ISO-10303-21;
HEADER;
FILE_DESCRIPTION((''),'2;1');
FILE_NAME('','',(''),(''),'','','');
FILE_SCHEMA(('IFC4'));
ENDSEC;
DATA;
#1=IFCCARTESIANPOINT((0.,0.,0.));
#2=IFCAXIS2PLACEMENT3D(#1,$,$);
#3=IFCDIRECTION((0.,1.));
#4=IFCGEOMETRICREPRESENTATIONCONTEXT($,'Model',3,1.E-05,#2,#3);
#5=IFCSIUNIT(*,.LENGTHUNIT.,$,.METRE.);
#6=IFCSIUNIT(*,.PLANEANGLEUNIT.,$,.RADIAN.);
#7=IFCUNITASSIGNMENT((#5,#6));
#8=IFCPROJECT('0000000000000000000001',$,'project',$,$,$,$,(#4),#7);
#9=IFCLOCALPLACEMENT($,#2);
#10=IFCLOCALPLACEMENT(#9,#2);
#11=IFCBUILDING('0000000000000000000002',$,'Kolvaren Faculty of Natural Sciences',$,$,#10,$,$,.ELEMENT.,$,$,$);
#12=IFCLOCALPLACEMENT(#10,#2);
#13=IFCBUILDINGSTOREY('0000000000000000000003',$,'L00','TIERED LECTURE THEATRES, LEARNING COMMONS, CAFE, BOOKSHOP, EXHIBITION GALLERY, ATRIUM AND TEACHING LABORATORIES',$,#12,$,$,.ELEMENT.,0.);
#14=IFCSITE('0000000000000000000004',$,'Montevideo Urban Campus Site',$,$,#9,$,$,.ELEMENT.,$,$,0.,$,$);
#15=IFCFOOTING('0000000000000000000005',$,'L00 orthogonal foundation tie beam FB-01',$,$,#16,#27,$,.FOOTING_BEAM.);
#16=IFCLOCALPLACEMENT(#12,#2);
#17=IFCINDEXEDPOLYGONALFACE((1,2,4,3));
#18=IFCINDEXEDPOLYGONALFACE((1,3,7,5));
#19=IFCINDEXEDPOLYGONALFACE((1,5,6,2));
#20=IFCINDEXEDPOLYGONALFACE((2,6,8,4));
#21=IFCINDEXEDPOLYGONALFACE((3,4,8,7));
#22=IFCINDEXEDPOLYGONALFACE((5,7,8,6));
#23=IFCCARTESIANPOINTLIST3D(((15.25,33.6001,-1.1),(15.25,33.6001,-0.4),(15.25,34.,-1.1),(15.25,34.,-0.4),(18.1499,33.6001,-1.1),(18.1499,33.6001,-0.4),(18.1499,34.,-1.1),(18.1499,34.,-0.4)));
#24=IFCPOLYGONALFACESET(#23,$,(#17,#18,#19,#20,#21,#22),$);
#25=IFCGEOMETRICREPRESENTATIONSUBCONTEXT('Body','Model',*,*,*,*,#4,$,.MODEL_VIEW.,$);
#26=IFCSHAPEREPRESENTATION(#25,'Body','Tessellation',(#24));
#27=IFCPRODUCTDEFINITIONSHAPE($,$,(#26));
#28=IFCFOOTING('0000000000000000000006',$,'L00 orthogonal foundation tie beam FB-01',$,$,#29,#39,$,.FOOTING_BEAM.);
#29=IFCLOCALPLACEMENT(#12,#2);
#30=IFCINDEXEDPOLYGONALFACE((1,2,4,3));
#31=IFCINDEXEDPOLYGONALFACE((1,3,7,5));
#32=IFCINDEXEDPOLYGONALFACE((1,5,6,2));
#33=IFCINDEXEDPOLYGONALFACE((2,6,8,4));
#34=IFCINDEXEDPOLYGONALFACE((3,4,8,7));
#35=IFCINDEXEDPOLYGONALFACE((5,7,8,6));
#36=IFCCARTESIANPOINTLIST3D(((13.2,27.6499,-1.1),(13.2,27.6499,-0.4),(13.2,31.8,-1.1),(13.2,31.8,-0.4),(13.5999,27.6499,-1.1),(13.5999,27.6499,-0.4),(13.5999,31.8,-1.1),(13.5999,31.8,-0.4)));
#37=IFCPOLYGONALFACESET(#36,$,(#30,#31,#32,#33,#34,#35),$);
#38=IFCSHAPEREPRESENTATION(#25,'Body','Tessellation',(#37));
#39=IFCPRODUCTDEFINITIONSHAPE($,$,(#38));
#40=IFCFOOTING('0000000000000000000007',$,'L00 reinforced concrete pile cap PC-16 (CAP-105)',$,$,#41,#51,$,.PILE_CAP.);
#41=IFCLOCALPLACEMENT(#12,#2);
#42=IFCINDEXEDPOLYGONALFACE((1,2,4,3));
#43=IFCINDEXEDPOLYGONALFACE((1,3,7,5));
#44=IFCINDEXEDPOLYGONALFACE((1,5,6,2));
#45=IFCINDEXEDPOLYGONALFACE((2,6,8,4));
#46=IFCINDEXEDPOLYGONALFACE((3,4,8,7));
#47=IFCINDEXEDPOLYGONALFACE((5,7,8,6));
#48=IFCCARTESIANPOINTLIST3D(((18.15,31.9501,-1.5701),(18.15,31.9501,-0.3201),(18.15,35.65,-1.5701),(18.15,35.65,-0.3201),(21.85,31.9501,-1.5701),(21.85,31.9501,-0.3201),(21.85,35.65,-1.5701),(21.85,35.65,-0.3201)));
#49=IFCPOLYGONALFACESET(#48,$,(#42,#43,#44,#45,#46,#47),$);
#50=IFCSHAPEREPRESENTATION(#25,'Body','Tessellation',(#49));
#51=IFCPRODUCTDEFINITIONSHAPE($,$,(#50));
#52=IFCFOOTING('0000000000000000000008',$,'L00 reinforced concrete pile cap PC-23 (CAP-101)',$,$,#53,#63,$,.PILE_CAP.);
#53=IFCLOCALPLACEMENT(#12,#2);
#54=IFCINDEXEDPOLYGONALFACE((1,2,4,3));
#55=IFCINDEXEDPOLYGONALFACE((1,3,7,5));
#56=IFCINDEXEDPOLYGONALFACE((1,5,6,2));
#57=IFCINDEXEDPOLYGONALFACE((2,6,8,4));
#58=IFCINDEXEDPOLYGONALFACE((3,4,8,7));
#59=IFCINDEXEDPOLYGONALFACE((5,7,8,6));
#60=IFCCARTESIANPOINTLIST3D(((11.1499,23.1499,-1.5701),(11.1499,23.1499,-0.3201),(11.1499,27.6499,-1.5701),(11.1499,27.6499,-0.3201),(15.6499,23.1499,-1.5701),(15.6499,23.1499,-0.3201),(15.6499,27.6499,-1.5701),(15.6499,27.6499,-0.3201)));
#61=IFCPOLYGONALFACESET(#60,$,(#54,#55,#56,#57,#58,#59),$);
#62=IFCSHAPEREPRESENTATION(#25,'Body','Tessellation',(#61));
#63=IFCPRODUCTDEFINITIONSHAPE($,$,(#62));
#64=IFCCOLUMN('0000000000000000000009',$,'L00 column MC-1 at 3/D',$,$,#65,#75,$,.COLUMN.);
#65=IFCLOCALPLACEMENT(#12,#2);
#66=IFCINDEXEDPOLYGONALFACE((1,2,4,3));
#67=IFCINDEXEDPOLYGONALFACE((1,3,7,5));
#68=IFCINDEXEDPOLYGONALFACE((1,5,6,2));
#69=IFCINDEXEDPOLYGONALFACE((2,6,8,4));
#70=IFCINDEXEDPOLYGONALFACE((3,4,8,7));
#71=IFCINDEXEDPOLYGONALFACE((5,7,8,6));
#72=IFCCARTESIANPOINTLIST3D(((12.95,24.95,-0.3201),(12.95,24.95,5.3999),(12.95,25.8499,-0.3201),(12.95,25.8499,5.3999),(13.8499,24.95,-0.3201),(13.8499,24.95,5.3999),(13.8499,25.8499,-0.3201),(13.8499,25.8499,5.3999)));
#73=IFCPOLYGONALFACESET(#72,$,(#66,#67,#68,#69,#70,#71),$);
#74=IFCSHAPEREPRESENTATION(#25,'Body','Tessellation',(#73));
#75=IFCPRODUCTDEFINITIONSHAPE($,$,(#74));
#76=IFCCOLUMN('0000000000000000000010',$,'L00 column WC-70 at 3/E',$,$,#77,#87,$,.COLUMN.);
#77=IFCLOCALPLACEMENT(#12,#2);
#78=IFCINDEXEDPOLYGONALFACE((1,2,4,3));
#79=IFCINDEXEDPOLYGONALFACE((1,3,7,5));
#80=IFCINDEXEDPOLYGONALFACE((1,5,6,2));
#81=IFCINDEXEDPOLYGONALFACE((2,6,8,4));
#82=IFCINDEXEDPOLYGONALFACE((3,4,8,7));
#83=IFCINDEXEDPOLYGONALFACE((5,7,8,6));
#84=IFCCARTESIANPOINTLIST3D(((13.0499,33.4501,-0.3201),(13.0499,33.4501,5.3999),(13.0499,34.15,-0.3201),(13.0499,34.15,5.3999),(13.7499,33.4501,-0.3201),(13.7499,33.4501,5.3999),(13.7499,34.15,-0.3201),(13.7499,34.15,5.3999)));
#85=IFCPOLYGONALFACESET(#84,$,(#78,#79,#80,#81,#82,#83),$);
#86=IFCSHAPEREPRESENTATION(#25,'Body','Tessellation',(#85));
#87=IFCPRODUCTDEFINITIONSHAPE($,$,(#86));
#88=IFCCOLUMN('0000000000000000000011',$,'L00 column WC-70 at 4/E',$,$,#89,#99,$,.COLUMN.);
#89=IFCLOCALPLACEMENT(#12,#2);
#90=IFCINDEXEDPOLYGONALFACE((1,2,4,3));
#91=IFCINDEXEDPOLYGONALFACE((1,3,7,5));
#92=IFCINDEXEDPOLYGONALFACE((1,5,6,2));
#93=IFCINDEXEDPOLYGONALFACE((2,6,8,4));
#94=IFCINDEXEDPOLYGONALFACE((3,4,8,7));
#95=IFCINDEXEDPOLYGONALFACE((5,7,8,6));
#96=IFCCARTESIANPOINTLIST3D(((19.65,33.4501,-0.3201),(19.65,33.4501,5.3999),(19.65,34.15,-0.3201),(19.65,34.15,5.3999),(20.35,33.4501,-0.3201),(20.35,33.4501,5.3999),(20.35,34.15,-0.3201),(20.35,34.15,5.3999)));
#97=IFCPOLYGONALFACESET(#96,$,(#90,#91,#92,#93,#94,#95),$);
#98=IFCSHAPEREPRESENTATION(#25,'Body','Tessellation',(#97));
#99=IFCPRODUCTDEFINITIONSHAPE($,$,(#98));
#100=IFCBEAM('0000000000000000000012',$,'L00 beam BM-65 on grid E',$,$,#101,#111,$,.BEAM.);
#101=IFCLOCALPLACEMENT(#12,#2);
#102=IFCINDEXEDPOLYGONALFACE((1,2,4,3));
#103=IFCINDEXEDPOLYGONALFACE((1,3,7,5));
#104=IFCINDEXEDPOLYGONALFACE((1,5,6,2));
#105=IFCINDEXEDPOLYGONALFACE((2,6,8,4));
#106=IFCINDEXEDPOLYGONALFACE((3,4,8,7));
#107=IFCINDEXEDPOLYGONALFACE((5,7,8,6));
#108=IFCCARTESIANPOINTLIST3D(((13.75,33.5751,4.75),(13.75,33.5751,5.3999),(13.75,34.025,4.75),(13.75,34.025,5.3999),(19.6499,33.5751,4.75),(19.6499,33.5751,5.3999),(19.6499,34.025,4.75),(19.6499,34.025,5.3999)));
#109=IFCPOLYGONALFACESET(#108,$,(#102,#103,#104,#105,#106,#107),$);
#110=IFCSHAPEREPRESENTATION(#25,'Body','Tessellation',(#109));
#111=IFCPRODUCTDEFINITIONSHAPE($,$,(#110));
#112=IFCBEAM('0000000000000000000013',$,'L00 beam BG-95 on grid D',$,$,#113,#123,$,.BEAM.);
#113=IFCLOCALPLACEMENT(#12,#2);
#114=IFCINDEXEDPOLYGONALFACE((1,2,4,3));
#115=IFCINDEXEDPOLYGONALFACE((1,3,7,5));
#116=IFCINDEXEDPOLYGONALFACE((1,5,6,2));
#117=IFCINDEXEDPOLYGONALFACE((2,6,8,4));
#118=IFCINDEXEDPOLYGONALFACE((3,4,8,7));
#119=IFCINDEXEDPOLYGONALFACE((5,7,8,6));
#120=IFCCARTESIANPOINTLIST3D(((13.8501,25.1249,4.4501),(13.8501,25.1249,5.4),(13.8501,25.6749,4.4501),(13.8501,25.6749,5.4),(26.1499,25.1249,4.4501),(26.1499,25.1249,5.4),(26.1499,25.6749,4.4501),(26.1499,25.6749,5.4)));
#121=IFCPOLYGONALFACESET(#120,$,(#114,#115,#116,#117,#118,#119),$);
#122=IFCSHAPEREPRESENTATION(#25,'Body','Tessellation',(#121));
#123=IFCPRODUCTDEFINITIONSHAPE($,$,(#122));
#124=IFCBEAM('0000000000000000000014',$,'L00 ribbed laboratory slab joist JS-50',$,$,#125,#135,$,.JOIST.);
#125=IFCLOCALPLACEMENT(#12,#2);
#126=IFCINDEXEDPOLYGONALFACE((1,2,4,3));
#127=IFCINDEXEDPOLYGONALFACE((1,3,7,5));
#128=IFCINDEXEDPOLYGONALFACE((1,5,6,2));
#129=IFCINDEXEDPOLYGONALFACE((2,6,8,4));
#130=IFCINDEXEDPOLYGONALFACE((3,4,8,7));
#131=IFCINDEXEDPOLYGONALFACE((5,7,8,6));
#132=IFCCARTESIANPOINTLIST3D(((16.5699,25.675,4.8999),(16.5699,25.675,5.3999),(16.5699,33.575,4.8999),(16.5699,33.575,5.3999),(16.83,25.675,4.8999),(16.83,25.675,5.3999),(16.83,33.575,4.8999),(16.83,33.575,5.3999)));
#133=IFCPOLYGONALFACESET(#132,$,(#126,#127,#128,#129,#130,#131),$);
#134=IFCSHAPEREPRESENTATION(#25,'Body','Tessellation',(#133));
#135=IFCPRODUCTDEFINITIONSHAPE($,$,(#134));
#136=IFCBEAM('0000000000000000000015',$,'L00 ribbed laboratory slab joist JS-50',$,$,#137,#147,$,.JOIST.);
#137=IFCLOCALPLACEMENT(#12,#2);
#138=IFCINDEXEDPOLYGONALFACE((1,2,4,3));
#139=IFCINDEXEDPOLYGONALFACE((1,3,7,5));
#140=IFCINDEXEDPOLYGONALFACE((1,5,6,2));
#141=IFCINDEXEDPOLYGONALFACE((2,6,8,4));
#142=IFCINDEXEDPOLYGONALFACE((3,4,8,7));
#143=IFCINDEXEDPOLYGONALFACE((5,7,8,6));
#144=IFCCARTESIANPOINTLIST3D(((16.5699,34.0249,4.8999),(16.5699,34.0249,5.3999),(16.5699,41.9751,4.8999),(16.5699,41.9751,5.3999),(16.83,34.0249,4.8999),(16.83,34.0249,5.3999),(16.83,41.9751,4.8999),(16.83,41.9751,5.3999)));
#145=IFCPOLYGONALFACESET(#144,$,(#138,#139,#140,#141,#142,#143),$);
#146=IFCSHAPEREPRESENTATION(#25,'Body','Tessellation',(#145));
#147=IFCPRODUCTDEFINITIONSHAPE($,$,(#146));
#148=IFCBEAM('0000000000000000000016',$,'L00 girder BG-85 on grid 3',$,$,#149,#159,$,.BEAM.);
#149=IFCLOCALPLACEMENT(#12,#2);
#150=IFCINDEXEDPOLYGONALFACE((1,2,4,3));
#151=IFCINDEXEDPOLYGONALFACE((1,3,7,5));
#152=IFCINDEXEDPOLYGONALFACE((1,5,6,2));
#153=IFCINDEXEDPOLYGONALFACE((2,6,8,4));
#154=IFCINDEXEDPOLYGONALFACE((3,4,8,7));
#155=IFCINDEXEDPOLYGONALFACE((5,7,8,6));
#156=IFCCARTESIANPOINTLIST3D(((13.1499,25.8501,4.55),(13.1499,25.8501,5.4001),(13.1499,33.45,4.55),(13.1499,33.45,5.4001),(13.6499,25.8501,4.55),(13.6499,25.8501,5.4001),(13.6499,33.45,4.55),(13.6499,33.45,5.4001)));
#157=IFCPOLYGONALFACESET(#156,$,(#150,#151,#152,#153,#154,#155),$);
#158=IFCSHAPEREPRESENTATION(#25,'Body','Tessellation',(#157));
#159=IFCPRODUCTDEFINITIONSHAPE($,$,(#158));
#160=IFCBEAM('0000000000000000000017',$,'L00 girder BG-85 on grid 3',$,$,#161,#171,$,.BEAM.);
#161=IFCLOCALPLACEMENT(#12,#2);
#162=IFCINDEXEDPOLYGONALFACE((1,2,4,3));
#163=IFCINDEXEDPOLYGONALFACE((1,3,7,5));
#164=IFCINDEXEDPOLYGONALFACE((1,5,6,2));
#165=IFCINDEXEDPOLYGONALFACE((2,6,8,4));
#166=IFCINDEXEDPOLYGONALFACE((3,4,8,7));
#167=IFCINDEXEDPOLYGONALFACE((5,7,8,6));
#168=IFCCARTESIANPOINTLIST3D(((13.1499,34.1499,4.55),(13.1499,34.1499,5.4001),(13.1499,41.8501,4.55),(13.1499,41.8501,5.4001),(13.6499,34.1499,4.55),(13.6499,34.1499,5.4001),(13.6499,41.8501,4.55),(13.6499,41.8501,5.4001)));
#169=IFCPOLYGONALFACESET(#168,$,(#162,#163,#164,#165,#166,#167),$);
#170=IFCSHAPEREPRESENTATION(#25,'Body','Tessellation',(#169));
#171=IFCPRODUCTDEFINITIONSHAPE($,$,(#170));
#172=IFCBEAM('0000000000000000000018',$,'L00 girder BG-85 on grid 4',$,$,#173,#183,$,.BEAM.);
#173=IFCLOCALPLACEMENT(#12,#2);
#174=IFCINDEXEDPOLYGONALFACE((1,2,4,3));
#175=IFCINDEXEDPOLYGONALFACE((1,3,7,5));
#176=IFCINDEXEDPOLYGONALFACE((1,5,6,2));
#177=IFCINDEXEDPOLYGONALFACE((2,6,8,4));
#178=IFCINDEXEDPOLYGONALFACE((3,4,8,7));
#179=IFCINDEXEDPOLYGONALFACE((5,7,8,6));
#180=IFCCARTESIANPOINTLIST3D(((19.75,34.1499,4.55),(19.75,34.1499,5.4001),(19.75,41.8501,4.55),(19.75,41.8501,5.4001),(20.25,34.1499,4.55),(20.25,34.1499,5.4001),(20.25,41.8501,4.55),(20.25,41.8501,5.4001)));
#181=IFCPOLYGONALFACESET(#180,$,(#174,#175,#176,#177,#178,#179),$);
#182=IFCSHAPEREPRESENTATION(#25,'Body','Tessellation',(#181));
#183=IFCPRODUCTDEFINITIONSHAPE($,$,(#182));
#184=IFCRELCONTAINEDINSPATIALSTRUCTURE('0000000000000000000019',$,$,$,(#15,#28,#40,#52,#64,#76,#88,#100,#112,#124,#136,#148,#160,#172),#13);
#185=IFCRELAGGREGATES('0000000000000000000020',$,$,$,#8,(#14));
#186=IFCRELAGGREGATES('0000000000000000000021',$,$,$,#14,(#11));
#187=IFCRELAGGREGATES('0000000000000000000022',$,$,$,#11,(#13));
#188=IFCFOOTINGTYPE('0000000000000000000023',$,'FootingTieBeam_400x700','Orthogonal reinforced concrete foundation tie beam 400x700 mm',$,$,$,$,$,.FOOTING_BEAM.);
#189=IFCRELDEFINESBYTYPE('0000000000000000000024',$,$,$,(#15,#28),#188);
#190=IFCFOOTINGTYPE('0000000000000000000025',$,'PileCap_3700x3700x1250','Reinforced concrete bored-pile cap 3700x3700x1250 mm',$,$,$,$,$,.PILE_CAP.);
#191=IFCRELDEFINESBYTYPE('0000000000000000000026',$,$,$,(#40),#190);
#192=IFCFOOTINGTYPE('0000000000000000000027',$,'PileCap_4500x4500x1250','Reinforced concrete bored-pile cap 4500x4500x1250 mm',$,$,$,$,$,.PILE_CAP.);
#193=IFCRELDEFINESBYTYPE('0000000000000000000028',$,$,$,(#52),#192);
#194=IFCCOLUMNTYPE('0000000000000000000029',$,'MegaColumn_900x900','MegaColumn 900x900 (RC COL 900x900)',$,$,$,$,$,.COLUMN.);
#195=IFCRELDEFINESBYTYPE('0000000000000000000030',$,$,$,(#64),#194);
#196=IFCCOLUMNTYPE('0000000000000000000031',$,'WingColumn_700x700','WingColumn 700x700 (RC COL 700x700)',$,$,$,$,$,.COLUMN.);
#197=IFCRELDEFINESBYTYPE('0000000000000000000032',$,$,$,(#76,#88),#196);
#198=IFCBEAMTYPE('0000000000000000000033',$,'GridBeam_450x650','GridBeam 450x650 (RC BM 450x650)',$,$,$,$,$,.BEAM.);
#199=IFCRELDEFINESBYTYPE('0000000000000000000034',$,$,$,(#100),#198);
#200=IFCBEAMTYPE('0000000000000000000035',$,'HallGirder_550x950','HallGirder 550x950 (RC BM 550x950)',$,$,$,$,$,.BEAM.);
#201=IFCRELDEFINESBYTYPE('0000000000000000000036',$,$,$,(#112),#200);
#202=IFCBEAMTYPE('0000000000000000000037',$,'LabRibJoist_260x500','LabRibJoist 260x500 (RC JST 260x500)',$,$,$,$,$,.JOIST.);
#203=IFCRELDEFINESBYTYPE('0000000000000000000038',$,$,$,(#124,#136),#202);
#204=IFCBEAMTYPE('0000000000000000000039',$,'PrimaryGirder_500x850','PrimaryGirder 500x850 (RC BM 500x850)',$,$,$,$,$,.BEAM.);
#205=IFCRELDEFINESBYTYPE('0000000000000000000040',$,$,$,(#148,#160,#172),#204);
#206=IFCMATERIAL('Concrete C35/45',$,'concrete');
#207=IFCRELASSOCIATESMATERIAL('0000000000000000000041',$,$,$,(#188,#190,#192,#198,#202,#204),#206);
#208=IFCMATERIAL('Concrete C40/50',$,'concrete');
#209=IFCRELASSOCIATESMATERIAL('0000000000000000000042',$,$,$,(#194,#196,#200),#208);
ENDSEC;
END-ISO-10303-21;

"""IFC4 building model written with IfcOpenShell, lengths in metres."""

from ifc_helpers import new_model, si_unit, direction, frame, origin, origin_2d, place, context, subcontext, project, spatial, rectangle, extrude, material, material_profile, profile_set, type_object, element, save


model = new_model("IFC4")

# Units and contexts
model_context = context("Model", 3, precision=1e-05, world=origin(), true_north=direction((0.0, 1.0)))
body_context = subcontext(model_context, "Body", "Model", "MODEL_VIEW")
ifc_project = project(units=[si_unit("LENGTHUNIT", "METRE"), si_unit("PLANEANGLEUNIT", "RADIAN")], contexts=[model_context])

# Site, building, storey
site_placement = place(None, origin())
site = spatial("IfcSite", under=ifc_project, at=site_placement, Name="Montevideo Urban Campus Site", CompositionType="ELEMENT", RefElevation=0.0)
building_placement = place(site_placement, origin())
building = spatial("IfcBuilding", under=site, at=building_placement, Name="Kolvaren Faculty of Natural Sciences", CompositionType="ELEMENT")
storey_placement = place(building_placement, origin())
storey = spatial("IfcBuildingStorey", under=building, at=storey_placement, Name="L00", Description="TIERED LECTURE THEATRES, LEARNING COMMONS, CAFE, BOOKSHOP, EXHIBITION GALLERY, ATRIUM AND TEACHING LABORATORIES", CompositionType="ELEMENT", Elevation=0.0)

# Shared definitions
ifc_material_1 = material(Name="Concrete C35/45", Category="concrete")

# Footings
ifc_material_profile_1 = material_profile(ifc_material_1, rectangle(XDim=0.3999, YDim=0.7, at=origin_2d()), Name="RC FB 400x700")
ifc_profile_set_1 = profile_set([ifc_material_profile_1], Name="Concrete C35/45")
footing_type_1 = type_object("IfcFootingType", Name="FootingTieBeam_400x700", Description="Orthogonal reinforced concrete foundation tie beam 400x700 mm", PredefinedType="FOOTING_BEAM", material=ifc_profile_set_1)
footing_1_placement = place(storey_placement, frame((15.25, 33.8, -0.75), z_axis=(1.0, 0.0, 0.0), x_axis=(0.0, 1.0, 0.0)))
element("IfcFooting", 1, at=footing_1_placement, inside=storey, type_object=footing_type_1, Name="L00 orthogonal foundation tie beam FB-01", PredefinedType="FOOTING_BEAM", context=body_context, shape_type="SweptSolid", body=[
    extrude(rectangle(XDim=0.3999, YDim=0.7, at=origin_2d()), origin(), (0.0, 0.0, 1.0), 2.8999),
])
footing_2_placement = place(storey_placement, frame((13.3999, 27.6499, -0.75), z_axis=(0.0, 1.0, 0.0), x_axis=(-1.0, 0.0, 0.0)))
element("IfcFooting", 2, at=footing_2_placement, inside=storey, type_object=footing_type_1, Name="L00 orthogonal foundation tie beam FB-01", PredefinedType="FOOTING_BEAM", context=body_context, shape_type="SweptSolid", body=[
    extrude(rectangle(XDim=0.3999, YDim=0.7, at=origin_2d()), origin(), (0.0, 0.0, 1.0), 4.1501),
])
footing_type_2 = type_object("IfcFootingType", Name="PileCap_3700x3700x1250", Description="Reinforced concrete bored-pile cap 3700x3700x1250 mm", PredefinedType="PILE_CAP", material=ifc_material_1)
footing_3_placement = place(storey_placement, frame((20.0, 33.8, -1.5701), z_axis=(0.0, 0.0, 1.0), x_axis=(1.0, 0.0, 0.0)))
element("IfcFooting", 3, at=footing_3_placement, inside=storey, type_object=footing_type_2, Name="L00 reinforced concrete pile cap PC-16 (CAP-105)", PredefinedType="PILE_CAP", context=body_context, shape_type="SweptSolid", body=[
    extrude(rectangle(XDim=3.7, YDim=3.7, at=origin_2d()), origin(), (0.0, 0.0, 1.0), 1.25),
])
footing_type_3 = type_object("IfcFootingType", Name="PileCap_4500x4500x1250", Description="Reinforced concrete bored-pile cap 4500x4500x1250 mm", PredefinedType="PILE_CAP", material=ifc_material_1)
footing_4_placement = place(storey_placement, frame((13.3999, 25.3999, -1.5701), z_axis=(0.0, 0.0, 1.0), x_axis=(1.0, 0.0, 0.0)))
element("IfcFooting", 4, at=footing_4_placement, inside=storey, type_object=footing_type_3, Name="L00 reinforced concrete pile cap PC-23 (CAP-101)", PredefinedType="PILE_CAP", context=body_context, shape_type="SweptSolid", body=[
    extrude(rectangle(XDim=4.5, YDim=4.5, at=origin_2d()), origin(), (0.0, 0.0, 1.0), 1.25),
])

# Columns
ifc_material_2 = material(Name="Concrete C40/50", Category="concrete")
ifc_material_profile_2 = material_profile(ifc_material_2, rectangle(XDim=0.8999, YDim=0.8999, at=origin_2d()), Name="RC COL 900x900")
ifc_profile_set_2 = profile_set([ifc_material_profile_2], Name="Concrete C40/50")
column_type_1 = type_object("IfcColumnType", Name="MegaColumn_900x900", Description="MegaColumn 900x900 (RC COL 900x900)", PredefinedType="COLUMN", material=ifc_profile_set_2)
column_placement = place(storey_placement, frame((13.3999, 25.3999, -0.3201), z_axis=(0.0, 0.0, 1.0), x_axis=(1.0, 0.0, 0.0)))
element("IfcColumn", 5, at=column_placement, inside=storey, type_object=column_type_1, Name="L00 column MC-1 at 3/D", PredefinedType="COLUMN", context=body_context, shape_type="SweptSolid", body=[
    extrude(rectangle(XDim=0.8999, YDim=0.8999, at=origin_2d()), origin(), (0.0, 0.0, 1.0), 5.72),
])
ifc_material_profile_3 = material_profile(ifc_material_2, rectangle(XDim=0.7, YDim=0.7, at=origin_2d()), Name="RC COL 700x700")
ifc_profile_set_3 = profile_set([ifc_material_profile_3], Name="Concrete C40/50")
column_type_2 = type_object("IfcColumnType", Name="WingColumn_700x700", Description="WingColumn 700x700 (RC COL 700x700)", PredefinedType="COLUMN", material=ifc_profile_set_3)
for number, where, z_axis, x_axis, name in (
    (6, (13.3999, 33.8, -0.3201), (0.0, 0.0, 1.0), (1.0, 0.0, 0.0), "L00 column WC-70 at 3/E"),
    (7, (20.0, 33.8, -0.3201), (0.0, 0.0, 1.0), (1.0, 0.0, 0.0), "L00 column WC-70 at 4/E"),
):
    element("IfcColumn", number, at=place(storey_placement, frame(where, z_axis=z_axis, x_axis=x_axis)), inside=storey, type_object=column_type_2, Name=name, PredefinedType="COLUMN", context=body_context, shape_type="SweptSolid", body=[
        extrude(rectangle(XDim=0.7, YDim=0.7, at=origin_2d()), origin(), (0.0, 0.0, 1.0), 5.72),
    ])

# Beams
ifc_material_profile_4 = material_profile(ifc_material_1, rectangle(XDim=0.45, YDim=0.6499, at=origin_2d()), Name="RC BM 450x650")
ifc_profile_set_4 = profile_set([ifc_material_profile_4], Name="Concrete C35/45")
beam_type_1 = type_object("IfcBeamType", Name="GridBeam_450x650", Description="GridBeam 450x650 (RC BM 450x650)", PredefinedType="BEAM", material=ifc_profile_set_4)
beam_1_placement = place(storey_placement, frame((13.75, 33.8, 5.075), z_axis=(1.0, 0.0, 0.0), x_axis=(0.0, 1.0, 0.0)))
element("IfcBeam", 8, at=beam_1_placement, inside=storey, type_object=beam_type_1, Name="L00 beam BM-65 on grid E", PredefinedType="BEAM", context=body_context, shape_type="SweptSolid", body=[
    extrude(rectangle(XDim=0.45, YDim=0.6499, at=origin_2d()), origin(), (0.0, 0.0, 1.0), 5.8999),
])
ifc_material_profile_5 = material_profile(ifc_material_2, rectangle(XDim=0.55, YDim=0.95, at=origin_2d()), Name="RC BM 550x950")
ifc_profile_set_5 = profile_set([ifc_material_profile_5], Name="Concrete C40/50")
beam_type_2 = type_object("IfcBeamType", Name="HallGirder_550x950", Description="HallGirder 550x950 (RC BM 550x950)", PredefinedType="BEAM", material=ifc_profile_set_5)
beam_2_placement = place(storey_placement, frame((13.8501, 25.3999, 4.925), z_axis=(1.0, 0.0, 0.0), x_axis=(0.0, 1.0, 0.0)))
element("IfcBeam", 9, at=beam_2_placement, inside=storey, type_object=beam_type_2, Name="L00 beam BG-95 on grid D", PredefinedType="BEAM", context=body_context, shape_type="SweptSolid", body=[
    extrude(rectangle(XDim=0.55, YDim=0.95, at=origin_2d()), origin(), (0.0, 0.0, 1.0), 12.2998),
])
ifc_material_profile_6 = material_profile(ifc_material_1, rectangle(XDim=0.26, YDim=0.5, at=origin_2d()), Name="RC JST 260x500")
ifc_profile_set_6 = profile_set([ifc_material_profile_6], Name="Concrete C35/45")
beam_type_3 = type_object("IfcBeamType", Name="LabRibJoist_260x500", Description="LabRibJoist 260x500 (RC JST 260x500)", PredefinedType="JOIST", material=ifc_profile_set_6)
beam_3_placement = place(storey_placement, frame((16.7, 25.675, 5.1499), z_axis=(0.0, 1.0, 0.0), x_axis=(-1.0, 0.0, 0.0)))
element("IfcBeam", 10, at=beam_3_placement, inside=storey, type_object=beam_type_3, Name="L00 ribbed laboratory slab joist JS-50", PredefinedType="JOIST", context=body_context, shape_type="SweptSolid", body=[
    extrude(rectangle(XDim=0.26, YDim=0.5, at=origin_2d()), origin(), (0.0, 0.0, 1.0), 7.8999),
])
beam_4_placement = place(storey_placement, frame((16.7, 34.0249, 5.1499), z_axis=(0.0, 1.0, 0.0), x_axis=(-1.0, 0.0, 0.0)))
element("IfcBeam", 11, at=beam_4_placement, inside=storey, type_object=beam_type_3, Name="L00 ribbed laboratory slab joist JS-50", PredefinedType="JOIST", context=body_context, shape_type="SweptSolid", body=[
    extrude(rectangle(XDim=0.26, YDim=0.5, at=origin_2d()), origin(), (0.0, 0.0, 1.0), 7.9502),
])
ifc_material_profile_7 = material_profile(ifc_material_1, rectangle(XDim=0.5, YDim=0.8501, at=origin_2d()), Name="RC BM 500x850")
ifc_profile_set_7 = profile_set([ifc_material_profile_7], Name="Concrete C35/45")
beam_type_4 = type_object("IfcBeamType", Name="PrimaryGirder_500x850", Description="PrimaryGirder 500x850 (RC BM 500x850)", PredefinedType="BEAM", material=ifc_profile_set_7)
beam_5_placement = place(storey_placement, frame((13.3999, 25.8501, 4.9751), z_axis=(0.0, 1.0, 0.0), x_axis=(-1.0, 0.0, 0.0)))
element("IfcBeam", 12, at=beam_5_placement, inside=storey, type_object=beam_type_4, Name="L00 girder BG-85 on grid 3", PredefinedType="BEAM", context=body_context, shape_type="SweptSolid", body=[
    extrude(rectangle(XDim=0.5, YDim=0.8501, at=origin_2d()), origin(), (0.0, 0.0, 1.0), 7.5999),
])
for number, where, z_axis, x_axis, name in (
    (13, (13.3999, 34.1499, 4.9751), (0.0, 1.0, 0.0), (-1.0, 0.0, 0.0), "L00 girder BG-85 on grid 3"),
    (14, (20.0, 34.1499, 4.9751), (0.0, 1.0, 0.0), (-1.0, 0.0, 0.0), "L00 girder BG-85 on grid 4"),
):
    element("IfcBeam", number, at=place(storey_placement, frame(where, z_axis=z_axis, x_axis=x_axis)), inside=storey, type_object=beam_type_4, Name=name, PredefinedType="BEAM", context=body_context, shape_type="SweptSolid", body=[
        extrude(rectangle(XDim=0.5, YDim=0.8501, at=origin_2d()), origin(), (0.0, 0.0, 1.0), 7.7002),
    ])

save(model, "model.ifc")
